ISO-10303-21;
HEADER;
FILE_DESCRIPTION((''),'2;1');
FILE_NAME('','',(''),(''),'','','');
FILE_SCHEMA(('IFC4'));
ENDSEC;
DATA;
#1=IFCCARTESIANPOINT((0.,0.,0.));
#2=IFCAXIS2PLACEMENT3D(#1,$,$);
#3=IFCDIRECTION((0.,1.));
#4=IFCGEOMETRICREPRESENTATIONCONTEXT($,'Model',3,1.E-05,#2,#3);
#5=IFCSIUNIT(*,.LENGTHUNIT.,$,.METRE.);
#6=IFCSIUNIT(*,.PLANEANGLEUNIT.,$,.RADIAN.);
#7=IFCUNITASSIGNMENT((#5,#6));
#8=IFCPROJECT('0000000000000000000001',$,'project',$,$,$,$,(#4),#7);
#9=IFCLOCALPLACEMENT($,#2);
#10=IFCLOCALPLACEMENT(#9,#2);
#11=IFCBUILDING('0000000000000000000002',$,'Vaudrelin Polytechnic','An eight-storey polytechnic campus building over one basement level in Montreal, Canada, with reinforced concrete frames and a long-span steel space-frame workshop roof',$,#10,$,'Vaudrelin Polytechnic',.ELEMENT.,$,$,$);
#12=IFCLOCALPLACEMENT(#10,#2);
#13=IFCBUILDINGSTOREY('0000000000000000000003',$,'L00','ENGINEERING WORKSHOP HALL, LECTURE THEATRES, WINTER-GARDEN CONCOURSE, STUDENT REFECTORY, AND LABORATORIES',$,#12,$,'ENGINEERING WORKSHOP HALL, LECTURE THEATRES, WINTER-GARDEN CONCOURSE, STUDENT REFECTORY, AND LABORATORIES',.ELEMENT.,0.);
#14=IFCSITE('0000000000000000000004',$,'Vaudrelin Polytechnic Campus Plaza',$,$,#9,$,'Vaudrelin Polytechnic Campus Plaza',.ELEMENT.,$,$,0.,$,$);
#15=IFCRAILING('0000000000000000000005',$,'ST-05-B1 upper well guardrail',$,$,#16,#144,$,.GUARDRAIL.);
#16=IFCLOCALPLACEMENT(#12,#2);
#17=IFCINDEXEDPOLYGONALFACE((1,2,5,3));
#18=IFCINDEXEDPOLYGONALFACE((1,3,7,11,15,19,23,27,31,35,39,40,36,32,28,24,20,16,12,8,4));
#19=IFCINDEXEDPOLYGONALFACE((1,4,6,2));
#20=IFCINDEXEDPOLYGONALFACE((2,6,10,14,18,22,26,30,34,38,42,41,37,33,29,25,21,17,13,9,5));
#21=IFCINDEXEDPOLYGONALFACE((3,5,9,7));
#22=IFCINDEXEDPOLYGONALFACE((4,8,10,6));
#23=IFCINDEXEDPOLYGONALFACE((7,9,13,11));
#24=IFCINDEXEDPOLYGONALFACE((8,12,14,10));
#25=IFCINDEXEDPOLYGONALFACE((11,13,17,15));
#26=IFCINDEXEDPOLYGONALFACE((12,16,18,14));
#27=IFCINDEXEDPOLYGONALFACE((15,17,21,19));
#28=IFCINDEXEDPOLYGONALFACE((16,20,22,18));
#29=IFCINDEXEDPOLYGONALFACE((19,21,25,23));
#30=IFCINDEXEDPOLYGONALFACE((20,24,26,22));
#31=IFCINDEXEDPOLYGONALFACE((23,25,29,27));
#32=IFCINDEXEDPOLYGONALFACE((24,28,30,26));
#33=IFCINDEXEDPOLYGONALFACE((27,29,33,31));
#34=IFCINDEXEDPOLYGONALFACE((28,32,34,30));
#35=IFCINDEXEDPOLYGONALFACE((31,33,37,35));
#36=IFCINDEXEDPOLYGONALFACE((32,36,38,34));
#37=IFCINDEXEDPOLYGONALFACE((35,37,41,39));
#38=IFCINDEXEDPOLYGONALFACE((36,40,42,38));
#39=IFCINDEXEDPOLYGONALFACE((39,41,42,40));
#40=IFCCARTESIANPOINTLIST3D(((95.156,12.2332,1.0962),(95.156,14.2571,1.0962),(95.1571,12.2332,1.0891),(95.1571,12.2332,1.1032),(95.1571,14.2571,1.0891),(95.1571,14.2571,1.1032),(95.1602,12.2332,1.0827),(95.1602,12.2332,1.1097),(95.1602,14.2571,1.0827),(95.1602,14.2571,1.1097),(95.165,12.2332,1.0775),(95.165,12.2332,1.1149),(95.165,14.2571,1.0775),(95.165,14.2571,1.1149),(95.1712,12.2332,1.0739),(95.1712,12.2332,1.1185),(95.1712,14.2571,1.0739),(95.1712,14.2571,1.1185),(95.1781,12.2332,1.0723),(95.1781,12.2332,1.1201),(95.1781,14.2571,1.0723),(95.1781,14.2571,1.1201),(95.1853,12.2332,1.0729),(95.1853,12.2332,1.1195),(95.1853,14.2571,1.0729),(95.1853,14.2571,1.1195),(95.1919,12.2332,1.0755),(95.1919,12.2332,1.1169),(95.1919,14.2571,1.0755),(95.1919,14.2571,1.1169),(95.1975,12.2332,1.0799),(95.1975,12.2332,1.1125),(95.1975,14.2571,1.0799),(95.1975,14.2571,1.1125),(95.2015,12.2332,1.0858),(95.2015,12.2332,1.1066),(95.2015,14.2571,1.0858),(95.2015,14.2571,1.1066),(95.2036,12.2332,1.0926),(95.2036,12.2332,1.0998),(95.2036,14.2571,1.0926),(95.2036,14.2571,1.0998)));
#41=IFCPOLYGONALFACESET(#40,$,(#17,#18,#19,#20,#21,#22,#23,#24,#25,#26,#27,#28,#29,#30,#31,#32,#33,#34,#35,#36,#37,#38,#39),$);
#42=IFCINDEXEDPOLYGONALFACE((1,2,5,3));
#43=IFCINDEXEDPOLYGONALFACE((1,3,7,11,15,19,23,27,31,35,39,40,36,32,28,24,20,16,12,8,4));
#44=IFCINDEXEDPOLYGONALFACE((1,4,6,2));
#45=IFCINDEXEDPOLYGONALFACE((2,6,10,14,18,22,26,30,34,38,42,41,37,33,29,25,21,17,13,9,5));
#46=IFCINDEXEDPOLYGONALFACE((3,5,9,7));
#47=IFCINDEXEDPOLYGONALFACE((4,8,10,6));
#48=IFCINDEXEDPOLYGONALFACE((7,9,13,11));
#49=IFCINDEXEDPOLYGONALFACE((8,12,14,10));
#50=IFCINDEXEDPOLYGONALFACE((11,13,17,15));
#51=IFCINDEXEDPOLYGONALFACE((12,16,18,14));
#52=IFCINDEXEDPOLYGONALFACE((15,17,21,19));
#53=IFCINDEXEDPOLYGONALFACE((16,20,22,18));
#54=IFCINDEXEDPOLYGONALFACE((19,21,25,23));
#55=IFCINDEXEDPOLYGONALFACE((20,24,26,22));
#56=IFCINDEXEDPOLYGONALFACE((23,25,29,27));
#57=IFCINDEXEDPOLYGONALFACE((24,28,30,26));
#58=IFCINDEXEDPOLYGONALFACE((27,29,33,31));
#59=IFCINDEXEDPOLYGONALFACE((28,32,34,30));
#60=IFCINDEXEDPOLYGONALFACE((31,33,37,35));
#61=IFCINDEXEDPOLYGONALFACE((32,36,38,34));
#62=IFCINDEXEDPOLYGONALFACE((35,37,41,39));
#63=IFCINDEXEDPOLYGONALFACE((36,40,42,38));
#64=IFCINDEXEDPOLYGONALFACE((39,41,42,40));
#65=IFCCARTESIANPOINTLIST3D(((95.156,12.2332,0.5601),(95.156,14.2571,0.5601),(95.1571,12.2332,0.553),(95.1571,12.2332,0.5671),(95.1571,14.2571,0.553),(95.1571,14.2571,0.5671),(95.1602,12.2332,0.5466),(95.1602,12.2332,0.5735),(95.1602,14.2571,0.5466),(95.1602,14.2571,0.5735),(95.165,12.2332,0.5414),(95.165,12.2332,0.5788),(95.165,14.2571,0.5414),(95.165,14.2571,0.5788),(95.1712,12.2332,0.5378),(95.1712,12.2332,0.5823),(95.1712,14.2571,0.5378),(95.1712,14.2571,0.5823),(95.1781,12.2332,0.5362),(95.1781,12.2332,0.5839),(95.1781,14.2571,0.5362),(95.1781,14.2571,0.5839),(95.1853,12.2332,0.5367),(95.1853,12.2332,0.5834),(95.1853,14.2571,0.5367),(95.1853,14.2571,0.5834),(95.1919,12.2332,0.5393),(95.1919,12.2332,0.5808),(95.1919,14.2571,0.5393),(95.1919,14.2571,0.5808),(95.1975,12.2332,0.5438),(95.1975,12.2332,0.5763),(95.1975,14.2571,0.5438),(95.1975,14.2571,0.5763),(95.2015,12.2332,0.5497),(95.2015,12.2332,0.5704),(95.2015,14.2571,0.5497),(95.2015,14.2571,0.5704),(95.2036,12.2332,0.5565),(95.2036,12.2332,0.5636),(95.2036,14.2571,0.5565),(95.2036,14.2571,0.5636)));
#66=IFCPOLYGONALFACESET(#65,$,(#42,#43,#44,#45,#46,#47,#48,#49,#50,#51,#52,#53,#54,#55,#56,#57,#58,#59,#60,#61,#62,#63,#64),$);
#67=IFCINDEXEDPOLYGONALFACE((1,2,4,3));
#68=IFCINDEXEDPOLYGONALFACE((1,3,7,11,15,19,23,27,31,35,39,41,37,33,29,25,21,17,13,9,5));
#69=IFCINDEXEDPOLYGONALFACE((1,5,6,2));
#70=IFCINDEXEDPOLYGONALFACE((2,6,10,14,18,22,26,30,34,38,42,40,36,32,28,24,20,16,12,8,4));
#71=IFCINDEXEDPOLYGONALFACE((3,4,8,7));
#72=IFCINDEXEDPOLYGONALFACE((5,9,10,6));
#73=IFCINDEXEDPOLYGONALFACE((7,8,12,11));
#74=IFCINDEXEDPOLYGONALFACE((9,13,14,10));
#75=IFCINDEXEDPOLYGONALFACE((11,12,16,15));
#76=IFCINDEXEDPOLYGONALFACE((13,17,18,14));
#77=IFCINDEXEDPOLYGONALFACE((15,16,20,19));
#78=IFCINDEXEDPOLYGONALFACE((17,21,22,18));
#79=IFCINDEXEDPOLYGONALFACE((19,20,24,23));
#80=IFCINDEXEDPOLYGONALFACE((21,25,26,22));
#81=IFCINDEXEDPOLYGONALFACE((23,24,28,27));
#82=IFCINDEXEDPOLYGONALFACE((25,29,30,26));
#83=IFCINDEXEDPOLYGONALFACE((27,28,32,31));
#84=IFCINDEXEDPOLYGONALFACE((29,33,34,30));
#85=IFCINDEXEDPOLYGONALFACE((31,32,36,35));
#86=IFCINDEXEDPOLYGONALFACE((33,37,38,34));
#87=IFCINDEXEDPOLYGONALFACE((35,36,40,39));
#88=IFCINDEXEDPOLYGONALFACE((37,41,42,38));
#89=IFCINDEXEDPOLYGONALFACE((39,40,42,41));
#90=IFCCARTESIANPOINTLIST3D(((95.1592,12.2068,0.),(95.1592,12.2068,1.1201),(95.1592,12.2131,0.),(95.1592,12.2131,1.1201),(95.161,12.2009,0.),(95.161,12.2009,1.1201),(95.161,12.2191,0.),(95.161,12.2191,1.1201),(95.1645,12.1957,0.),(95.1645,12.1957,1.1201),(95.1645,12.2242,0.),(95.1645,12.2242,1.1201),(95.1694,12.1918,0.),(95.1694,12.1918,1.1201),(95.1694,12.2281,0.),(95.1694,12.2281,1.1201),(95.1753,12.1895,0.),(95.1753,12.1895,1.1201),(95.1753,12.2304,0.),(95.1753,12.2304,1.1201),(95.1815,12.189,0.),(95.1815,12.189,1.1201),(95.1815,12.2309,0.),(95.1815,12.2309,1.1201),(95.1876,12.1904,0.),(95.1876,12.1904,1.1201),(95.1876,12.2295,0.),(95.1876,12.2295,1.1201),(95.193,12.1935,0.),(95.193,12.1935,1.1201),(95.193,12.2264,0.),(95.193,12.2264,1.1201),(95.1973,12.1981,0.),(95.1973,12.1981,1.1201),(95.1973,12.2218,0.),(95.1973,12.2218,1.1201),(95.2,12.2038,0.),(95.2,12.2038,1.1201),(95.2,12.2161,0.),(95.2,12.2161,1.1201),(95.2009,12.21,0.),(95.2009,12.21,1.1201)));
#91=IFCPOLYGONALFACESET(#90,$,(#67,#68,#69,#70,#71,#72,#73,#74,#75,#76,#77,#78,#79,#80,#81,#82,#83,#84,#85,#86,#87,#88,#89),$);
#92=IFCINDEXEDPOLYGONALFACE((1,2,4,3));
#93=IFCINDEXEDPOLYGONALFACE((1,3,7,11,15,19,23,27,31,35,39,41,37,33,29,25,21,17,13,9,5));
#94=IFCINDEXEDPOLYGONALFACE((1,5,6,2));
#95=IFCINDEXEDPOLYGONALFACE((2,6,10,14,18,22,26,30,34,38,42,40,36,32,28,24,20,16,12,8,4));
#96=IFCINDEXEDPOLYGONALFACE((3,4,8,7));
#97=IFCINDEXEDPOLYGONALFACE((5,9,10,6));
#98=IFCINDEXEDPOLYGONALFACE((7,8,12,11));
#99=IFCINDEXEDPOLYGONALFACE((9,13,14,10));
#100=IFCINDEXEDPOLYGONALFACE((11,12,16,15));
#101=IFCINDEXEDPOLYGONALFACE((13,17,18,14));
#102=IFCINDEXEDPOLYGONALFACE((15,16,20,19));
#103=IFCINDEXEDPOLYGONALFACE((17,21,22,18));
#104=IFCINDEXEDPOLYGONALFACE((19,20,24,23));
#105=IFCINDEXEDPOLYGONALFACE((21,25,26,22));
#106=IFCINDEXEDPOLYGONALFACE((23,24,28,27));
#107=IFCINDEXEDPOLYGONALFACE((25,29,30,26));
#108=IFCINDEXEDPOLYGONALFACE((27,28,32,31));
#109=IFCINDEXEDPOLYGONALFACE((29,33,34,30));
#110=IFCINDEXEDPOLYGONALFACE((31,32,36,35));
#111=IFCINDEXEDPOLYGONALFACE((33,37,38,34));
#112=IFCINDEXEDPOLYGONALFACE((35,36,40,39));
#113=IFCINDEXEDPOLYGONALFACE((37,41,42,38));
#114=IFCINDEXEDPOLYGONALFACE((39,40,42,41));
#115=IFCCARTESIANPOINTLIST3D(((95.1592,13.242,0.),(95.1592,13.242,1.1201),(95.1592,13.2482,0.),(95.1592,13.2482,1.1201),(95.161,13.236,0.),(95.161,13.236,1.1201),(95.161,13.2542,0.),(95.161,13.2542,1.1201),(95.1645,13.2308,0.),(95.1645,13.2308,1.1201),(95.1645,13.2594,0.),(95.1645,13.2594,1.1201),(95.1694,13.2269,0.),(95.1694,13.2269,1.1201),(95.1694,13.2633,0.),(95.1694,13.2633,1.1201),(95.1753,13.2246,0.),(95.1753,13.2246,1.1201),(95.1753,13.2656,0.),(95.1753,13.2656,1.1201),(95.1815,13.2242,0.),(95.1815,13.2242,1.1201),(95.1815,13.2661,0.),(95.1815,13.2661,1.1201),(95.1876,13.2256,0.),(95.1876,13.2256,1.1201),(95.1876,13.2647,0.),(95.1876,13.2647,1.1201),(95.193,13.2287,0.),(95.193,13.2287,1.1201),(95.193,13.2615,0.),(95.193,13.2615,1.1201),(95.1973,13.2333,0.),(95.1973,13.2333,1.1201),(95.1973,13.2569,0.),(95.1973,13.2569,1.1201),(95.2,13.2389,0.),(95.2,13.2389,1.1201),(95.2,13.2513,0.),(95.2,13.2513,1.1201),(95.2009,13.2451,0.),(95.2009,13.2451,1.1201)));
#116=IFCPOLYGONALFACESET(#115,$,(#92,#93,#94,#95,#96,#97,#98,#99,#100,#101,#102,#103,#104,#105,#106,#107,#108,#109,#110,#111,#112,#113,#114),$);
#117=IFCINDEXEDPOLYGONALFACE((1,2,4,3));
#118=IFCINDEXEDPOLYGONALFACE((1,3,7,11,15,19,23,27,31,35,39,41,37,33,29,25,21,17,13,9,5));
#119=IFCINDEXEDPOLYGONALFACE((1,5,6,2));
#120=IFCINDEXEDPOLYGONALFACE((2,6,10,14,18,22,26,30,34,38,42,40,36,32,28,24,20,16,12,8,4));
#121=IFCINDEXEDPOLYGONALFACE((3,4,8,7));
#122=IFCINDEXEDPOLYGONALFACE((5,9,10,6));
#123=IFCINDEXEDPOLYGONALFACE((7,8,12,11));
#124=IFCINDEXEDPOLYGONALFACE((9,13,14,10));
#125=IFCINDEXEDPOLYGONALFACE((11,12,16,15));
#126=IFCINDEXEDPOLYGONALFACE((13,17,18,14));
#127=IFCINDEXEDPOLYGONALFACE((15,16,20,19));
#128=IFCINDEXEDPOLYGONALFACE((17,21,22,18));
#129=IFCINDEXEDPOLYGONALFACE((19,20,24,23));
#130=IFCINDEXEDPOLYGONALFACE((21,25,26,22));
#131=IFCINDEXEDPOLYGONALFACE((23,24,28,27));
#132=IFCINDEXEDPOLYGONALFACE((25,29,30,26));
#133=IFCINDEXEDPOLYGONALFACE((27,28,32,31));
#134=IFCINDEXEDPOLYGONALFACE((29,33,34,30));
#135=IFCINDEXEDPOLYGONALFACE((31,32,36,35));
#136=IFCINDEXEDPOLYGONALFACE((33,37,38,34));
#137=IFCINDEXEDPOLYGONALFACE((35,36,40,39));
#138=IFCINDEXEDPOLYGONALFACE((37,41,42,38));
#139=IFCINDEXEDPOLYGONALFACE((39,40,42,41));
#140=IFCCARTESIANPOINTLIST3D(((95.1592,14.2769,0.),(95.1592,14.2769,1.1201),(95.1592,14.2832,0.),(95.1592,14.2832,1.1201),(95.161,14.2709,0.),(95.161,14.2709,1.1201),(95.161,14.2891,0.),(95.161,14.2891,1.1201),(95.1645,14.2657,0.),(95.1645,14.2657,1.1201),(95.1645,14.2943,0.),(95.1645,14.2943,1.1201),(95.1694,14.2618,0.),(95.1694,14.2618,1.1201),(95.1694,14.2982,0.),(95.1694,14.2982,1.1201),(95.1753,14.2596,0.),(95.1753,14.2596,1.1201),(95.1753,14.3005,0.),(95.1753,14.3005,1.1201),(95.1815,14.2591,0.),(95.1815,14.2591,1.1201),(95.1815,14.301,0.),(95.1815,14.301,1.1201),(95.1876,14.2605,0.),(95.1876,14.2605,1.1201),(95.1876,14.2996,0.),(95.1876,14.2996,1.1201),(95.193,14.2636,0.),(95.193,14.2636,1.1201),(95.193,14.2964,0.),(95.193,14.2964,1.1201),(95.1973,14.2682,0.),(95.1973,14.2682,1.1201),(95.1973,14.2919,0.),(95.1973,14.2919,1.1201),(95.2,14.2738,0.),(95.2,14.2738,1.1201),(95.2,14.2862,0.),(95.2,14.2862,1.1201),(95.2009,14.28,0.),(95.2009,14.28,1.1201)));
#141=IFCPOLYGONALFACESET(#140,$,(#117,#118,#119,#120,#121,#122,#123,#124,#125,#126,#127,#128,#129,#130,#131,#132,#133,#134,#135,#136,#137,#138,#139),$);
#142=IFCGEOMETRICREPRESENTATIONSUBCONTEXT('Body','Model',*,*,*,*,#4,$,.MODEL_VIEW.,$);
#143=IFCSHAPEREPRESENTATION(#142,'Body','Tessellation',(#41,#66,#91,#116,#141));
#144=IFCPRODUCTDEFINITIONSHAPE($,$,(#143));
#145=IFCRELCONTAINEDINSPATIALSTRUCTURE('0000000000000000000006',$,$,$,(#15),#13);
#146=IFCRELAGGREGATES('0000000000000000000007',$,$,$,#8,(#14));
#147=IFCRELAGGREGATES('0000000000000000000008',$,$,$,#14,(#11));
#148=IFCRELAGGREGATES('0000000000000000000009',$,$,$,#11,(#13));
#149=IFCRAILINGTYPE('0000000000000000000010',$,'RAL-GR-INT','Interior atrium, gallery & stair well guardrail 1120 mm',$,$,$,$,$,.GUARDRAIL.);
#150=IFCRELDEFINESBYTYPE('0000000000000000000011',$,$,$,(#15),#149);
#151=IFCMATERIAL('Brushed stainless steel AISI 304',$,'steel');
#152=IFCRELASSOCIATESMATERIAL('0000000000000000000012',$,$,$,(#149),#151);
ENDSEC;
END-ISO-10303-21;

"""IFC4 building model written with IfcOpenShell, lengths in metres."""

from ifc_helpers import new_model, si_unit, direction, frame, origin, origin_2d, place, context, subcontext, project, spatial, circle, extrude, material, type_object, element, save


model = new_model("IFC4")

# Units and contexts
model_context = context("Model", 3, precision=1e-05, world=origin(), true_north=direction((0.0, 1.0)))
body_context = subcontext(model_context, "Body", "Model", "MODEL_VIEW")
ifc_project = project(units=[si_unit("LENGTHUNIT", "METRE"), si_unit("PLANEANGLEUNIT", "RADIAN")], contexts=[model_context])

# Site, building, storey
site_placement = place(None, origin())
site = spatial("IfcSite", under=ifc_project, at=site_placement, Name="Vaudrelin Polytechnic Campus Plaza", LongName="Vaudrelin Polytechnic Campus Plaza", CompositionType="ELEMENT", RefElevation=0.0)
building_placement = place(site_placement, origin())
building = spatial("IfcBuilding", under=site, at=building_placement, Name="Vaudrelin Polytechnic", Description="An eight-storey polytechnic campus building over one basement level in Montreal, Canada, with reinforced concrete frames and a long-span steel space-frame workshop roof", LongName="Vaudrelin Polytechnic", CompositionType="ELEMENT")
storey_placement = place(building_placement, origin())
storey = spatial("IfcBuildingStorey", under=building, at=storey_placement, Name="L00", Description="ENGINEERING WORKSHOP HALL, LECTURE THEATRES, WINTER-GARDEN CONCOURSE, STUDENT REFECTORY, AND LABORATORIES", LongName="ENGINEERING WORKSHOP HALL, LECTURE THEATRES, WINTER-GARDEN CONCOURSE, STUDENT REFECTORY, AND LABORATORIES", CompositionType="ELEMENT", Elevation=0.0)

# Shared definitions
ifc_material_1 = material(Name="Brushed stainless steel AISI 304", Category="steel")

# Railing
railing_type_1 = type_object("IfcRailingType", Name="RAL-GR-INT", Description="Interior atrium, gallery & stair well guardrail 1120 mm", PredefinedType="GUARDRAIL", material=ifc_material_1)
railing_1_placement = place(storey_placement, frame((95.1799, 12.21, 0.0)))
element("IfcRailing", 1, at=railing_1_placement, inside=storey, type_object=railing_type_1, Name="ST-05-B1 upper well guardrail", PredefinedType="GUARDRAIL", context=body_context, shape_type="SweptSolid", body=[
    extrude(circle(Radius=0.0239, at=origin_2d()), frame((0.0, 0.0232, 1.0962), z_axis=(0.0, 1.0, 0.0), x_axis=(-1.0, 0.0, 0.0)), (0.0, 0.0, 1.0), 2.0239),
    extrude(circle(Radius=0.0239, at=origin_2d()), frame((0.0, 0.0232, 0.5601), z_axis=(0.0, 1.0, 0.0), x_axis=(-1.0, 0.0, 0.0)), (0.0, 0.0, 1.0), 2.0239),
    extrude(circle(Radius=0.021, at=origin_2d()), origin(), (0.0, 0.0, 1.0), 1.1201),
    extrude(circle(Radius=0.021, at=origin_2d()), frame((0.0, 1.0352, 0.0)), (0.0, 0.0, 1.0), 1.1201),
    extrude(circle(Radius=0.021, at=origin_2d()), frame((0.0, 2.0701, 0.0)), (0.0, 0.0, 1.0), 1.1201),
])

save(model, "model.ifc")
